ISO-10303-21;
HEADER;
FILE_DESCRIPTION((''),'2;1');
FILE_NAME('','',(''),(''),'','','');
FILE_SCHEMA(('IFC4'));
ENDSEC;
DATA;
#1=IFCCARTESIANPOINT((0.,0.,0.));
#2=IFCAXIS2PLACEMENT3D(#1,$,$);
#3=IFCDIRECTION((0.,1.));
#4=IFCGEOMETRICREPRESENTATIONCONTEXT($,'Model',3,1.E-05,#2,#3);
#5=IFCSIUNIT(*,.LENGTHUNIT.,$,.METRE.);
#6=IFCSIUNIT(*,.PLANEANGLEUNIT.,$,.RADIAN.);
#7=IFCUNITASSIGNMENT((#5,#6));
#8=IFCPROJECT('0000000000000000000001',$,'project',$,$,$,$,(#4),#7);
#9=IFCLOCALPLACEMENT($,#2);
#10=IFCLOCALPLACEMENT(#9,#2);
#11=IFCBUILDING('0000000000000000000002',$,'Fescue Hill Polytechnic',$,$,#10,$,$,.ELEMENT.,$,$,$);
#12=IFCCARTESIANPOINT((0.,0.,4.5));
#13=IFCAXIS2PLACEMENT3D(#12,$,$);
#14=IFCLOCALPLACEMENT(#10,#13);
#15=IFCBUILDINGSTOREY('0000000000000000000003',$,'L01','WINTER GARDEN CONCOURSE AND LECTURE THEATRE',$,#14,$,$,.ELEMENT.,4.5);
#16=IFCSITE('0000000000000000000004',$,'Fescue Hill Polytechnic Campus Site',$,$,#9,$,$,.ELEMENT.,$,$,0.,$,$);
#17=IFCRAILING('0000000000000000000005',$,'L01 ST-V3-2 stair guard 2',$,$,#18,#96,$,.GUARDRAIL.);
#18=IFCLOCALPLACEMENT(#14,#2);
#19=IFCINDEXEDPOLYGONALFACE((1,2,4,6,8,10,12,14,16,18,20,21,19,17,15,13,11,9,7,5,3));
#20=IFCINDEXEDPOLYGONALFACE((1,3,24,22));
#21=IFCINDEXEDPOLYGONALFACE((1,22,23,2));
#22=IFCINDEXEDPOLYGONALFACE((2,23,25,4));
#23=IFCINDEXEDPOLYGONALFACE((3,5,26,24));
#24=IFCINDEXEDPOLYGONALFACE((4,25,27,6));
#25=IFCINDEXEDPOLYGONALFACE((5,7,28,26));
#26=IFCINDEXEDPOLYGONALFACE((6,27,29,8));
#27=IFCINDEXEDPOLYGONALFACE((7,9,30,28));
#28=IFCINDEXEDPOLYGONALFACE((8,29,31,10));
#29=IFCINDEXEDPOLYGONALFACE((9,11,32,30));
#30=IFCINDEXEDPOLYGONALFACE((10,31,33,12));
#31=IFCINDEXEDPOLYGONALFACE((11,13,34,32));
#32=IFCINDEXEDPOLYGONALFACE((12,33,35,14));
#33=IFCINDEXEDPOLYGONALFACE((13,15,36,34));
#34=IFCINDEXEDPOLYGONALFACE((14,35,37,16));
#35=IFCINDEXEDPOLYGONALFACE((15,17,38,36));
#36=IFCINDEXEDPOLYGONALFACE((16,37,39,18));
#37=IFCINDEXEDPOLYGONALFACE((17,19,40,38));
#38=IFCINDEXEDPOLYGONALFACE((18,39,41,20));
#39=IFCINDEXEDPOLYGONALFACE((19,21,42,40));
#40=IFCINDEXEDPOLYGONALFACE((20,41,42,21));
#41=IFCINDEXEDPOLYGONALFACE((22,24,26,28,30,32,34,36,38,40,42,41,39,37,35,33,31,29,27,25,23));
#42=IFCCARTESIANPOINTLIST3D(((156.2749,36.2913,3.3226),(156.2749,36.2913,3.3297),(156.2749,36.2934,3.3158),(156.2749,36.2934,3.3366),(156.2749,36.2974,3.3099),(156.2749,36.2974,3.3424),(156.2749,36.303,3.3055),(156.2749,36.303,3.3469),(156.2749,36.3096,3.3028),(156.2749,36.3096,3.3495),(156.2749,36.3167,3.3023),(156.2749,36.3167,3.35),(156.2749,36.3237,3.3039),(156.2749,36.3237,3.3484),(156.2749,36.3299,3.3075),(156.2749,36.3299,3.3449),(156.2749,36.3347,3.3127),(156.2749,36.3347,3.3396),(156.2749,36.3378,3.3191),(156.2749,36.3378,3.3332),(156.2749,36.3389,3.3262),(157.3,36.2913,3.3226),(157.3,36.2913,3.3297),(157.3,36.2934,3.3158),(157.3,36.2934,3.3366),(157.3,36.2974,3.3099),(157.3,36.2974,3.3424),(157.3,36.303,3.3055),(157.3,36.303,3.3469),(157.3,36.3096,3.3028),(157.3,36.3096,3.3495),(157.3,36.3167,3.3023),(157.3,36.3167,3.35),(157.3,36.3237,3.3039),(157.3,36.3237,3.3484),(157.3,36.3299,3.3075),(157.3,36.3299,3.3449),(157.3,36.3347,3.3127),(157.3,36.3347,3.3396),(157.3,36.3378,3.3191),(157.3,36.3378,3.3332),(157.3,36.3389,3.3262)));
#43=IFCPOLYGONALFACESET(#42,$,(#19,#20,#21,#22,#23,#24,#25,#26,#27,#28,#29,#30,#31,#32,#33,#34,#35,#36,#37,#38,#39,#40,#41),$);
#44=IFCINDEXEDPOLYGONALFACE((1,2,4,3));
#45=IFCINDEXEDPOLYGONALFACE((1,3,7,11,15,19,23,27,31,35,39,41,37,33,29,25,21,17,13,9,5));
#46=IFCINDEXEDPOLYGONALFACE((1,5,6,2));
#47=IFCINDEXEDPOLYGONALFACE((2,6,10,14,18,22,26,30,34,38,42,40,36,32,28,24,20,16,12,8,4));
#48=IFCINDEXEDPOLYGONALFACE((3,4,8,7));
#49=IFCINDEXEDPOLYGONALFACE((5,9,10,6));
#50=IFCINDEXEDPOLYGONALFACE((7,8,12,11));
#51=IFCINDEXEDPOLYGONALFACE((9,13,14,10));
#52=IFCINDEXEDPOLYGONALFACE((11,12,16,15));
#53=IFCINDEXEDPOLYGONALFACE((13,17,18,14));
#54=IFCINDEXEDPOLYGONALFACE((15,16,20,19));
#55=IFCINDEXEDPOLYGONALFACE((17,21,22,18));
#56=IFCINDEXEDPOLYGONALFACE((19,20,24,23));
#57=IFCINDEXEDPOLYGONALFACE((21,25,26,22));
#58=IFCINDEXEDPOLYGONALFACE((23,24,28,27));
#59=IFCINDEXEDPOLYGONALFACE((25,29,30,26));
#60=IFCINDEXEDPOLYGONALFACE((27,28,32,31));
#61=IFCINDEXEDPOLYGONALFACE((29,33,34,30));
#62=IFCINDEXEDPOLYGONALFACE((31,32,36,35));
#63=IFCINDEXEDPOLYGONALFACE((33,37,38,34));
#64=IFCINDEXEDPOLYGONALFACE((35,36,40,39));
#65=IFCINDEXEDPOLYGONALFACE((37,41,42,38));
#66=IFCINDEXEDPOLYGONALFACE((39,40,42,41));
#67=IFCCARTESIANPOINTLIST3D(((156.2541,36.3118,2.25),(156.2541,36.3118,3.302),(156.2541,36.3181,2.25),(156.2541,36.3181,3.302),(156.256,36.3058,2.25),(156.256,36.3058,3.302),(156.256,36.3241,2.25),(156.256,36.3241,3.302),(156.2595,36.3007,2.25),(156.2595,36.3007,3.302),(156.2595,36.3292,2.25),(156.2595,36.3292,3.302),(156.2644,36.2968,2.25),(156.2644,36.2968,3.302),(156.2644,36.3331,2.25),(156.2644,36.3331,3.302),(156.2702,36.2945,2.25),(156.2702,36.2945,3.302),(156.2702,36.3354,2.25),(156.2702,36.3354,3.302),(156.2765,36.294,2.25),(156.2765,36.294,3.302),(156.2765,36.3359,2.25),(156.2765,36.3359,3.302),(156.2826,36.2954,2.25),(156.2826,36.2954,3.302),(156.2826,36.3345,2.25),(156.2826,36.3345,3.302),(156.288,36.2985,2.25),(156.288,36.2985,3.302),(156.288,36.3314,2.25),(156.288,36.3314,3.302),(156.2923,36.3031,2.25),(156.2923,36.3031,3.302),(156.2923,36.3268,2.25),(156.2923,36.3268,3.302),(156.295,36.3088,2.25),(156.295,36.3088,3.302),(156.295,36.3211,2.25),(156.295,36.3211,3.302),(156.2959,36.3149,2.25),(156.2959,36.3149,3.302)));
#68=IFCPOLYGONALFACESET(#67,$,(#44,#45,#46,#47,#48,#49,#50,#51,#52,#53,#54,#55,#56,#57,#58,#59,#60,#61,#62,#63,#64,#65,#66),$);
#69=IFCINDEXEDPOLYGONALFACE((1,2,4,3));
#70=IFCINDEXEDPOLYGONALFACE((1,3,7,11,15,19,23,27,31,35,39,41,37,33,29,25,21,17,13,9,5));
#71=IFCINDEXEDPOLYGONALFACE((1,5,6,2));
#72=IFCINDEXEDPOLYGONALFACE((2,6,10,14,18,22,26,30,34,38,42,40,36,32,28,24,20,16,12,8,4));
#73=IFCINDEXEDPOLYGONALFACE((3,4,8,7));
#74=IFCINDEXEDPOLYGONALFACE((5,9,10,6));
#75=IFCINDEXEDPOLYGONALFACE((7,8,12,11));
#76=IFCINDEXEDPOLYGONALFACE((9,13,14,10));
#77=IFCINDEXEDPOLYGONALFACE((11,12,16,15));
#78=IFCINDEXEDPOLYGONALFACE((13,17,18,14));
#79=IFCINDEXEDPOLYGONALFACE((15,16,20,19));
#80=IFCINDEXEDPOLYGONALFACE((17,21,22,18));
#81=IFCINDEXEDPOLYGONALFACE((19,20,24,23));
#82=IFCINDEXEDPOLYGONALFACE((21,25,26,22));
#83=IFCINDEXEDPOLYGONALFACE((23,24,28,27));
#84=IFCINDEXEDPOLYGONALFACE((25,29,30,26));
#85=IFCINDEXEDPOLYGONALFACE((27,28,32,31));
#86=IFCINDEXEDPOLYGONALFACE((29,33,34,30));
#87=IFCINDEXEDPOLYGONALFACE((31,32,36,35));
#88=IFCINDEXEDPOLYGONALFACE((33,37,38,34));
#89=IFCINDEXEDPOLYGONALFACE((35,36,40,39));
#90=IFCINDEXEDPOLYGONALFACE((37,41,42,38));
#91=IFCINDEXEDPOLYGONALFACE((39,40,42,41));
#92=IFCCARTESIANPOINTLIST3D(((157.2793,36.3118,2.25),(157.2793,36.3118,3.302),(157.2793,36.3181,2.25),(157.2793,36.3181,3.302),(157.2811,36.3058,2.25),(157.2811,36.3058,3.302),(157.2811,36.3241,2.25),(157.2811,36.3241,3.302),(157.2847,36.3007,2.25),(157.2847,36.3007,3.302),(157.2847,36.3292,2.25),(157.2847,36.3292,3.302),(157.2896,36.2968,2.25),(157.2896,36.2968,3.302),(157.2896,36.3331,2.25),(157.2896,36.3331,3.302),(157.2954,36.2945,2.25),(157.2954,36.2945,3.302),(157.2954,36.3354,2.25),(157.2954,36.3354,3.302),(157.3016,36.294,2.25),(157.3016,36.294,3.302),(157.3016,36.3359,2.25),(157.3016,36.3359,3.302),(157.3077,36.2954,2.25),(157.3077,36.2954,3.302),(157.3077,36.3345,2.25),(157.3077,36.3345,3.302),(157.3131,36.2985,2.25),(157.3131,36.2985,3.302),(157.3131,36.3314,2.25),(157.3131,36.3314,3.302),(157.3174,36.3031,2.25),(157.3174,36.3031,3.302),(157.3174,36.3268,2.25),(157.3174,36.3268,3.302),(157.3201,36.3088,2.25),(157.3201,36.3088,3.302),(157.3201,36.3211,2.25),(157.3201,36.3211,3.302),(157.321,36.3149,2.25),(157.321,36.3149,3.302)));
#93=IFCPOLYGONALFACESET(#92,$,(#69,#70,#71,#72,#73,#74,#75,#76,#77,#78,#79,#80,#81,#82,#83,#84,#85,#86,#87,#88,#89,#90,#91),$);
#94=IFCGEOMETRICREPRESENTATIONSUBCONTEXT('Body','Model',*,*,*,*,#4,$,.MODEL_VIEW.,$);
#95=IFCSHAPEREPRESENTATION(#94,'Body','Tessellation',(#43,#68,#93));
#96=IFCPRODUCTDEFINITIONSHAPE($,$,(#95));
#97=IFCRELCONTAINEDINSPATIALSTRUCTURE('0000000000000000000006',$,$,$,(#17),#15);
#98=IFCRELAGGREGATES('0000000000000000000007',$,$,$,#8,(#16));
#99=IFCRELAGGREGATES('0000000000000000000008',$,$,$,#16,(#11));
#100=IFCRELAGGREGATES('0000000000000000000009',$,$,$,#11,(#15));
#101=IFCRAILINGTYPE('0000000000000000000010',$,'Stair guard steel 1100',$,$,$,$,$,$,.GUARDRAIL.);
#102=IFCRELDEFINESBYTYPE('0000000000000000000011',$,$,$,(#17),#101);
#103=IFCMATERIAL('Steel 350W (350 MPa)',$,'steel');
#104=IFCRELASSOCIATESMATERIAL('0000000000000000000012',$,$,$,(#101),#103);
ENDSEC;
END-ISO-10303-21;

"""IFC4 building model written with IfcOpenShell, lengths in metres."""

from ifc_helpers import new_model, si_unit, direction, frame, origin, origin_2d, place, context, subcontext, project, spatial, circle, extrude, material, type_object, element, save


model = new_model("IFC4")

# Units and contexts
model_context = context("Model", 3, precision=1e-05, world=origin(), true_north=direction((0.0, 1.0)))
body_context = subcontext(model_context, "Body", "Model", "MODEL_VIEW")
ifc_project = project(units=[si_unit("LENGTHUNIT", "METRE"), si_unit("PLANEANGLEUNIT", "RADIAN")], contexts=[model_context])

# Site, building, storey
site_placement = place(None, origin())
site = spatial("IfcSite", under=ifc_project, at=site_placement, Name="Fescue Hill Polytechnic Campus Site", CompositionType="ELEMENT", RefElevation=0.0)
building_placement = place(site_placement, origin())
building = spatial("IfcBuilding", under=site, at=building_placement, Name="Fescue Hill Polytechnic", CompositionType="ELEMENT")
storey_placement = place(building_placement, frame((0.0, 0.0, 4.5)))
storey = spatial("IfcBuildingStorey", under=building, at=storey_placement, Name="L01", Description="WINTER GARDEN CONCOURSE AND LECTURE THEATRE", CompositionType="ELEMENT", Elevation=4.5)

# Railing
ifc_material_1 = material(Name="Steel 350W (350 MPa)", Category="steel")
railing_type_1 = type_object("IfcRailingType", Name="Stair guard steel 1100", PredefinedType="GUARDRAIL", material=ifc_material_1)
railing_1_placement = place(storey_placement, frame((156.2749, 36.3149, 2.25)))
element("IfcRailing", 1, at=railing_1_placement, inside=storey, type_object=railing_type_1, Name="L01 ST-V3-2 stair guard 2", PredefinedType="GUARDRAIL", context=body_context, shape_type="SweptSolid", body=[
    extrude(circle(Radius=0.0239, at=origin_2d()), frame((0.0, 0.0, 1.0762), z_axis=(1.0, 0.0, 0.0), x_axis=(0.0, 1.0, 0.0)), (0.0, 0.0, 1.0), 1.0251),
    extrude(circle(Radius=0.021, at=origin_2d()), origin(), (0.0, 0.0, 1.0), 1.052),
    extrude(circle(Radius=0.021, at=origin_2d()), frame((1.0251, 0.0, 0.0)), (0.0, 0.0, 1.0), 1.052),
])

save(model, "model.ifc")
